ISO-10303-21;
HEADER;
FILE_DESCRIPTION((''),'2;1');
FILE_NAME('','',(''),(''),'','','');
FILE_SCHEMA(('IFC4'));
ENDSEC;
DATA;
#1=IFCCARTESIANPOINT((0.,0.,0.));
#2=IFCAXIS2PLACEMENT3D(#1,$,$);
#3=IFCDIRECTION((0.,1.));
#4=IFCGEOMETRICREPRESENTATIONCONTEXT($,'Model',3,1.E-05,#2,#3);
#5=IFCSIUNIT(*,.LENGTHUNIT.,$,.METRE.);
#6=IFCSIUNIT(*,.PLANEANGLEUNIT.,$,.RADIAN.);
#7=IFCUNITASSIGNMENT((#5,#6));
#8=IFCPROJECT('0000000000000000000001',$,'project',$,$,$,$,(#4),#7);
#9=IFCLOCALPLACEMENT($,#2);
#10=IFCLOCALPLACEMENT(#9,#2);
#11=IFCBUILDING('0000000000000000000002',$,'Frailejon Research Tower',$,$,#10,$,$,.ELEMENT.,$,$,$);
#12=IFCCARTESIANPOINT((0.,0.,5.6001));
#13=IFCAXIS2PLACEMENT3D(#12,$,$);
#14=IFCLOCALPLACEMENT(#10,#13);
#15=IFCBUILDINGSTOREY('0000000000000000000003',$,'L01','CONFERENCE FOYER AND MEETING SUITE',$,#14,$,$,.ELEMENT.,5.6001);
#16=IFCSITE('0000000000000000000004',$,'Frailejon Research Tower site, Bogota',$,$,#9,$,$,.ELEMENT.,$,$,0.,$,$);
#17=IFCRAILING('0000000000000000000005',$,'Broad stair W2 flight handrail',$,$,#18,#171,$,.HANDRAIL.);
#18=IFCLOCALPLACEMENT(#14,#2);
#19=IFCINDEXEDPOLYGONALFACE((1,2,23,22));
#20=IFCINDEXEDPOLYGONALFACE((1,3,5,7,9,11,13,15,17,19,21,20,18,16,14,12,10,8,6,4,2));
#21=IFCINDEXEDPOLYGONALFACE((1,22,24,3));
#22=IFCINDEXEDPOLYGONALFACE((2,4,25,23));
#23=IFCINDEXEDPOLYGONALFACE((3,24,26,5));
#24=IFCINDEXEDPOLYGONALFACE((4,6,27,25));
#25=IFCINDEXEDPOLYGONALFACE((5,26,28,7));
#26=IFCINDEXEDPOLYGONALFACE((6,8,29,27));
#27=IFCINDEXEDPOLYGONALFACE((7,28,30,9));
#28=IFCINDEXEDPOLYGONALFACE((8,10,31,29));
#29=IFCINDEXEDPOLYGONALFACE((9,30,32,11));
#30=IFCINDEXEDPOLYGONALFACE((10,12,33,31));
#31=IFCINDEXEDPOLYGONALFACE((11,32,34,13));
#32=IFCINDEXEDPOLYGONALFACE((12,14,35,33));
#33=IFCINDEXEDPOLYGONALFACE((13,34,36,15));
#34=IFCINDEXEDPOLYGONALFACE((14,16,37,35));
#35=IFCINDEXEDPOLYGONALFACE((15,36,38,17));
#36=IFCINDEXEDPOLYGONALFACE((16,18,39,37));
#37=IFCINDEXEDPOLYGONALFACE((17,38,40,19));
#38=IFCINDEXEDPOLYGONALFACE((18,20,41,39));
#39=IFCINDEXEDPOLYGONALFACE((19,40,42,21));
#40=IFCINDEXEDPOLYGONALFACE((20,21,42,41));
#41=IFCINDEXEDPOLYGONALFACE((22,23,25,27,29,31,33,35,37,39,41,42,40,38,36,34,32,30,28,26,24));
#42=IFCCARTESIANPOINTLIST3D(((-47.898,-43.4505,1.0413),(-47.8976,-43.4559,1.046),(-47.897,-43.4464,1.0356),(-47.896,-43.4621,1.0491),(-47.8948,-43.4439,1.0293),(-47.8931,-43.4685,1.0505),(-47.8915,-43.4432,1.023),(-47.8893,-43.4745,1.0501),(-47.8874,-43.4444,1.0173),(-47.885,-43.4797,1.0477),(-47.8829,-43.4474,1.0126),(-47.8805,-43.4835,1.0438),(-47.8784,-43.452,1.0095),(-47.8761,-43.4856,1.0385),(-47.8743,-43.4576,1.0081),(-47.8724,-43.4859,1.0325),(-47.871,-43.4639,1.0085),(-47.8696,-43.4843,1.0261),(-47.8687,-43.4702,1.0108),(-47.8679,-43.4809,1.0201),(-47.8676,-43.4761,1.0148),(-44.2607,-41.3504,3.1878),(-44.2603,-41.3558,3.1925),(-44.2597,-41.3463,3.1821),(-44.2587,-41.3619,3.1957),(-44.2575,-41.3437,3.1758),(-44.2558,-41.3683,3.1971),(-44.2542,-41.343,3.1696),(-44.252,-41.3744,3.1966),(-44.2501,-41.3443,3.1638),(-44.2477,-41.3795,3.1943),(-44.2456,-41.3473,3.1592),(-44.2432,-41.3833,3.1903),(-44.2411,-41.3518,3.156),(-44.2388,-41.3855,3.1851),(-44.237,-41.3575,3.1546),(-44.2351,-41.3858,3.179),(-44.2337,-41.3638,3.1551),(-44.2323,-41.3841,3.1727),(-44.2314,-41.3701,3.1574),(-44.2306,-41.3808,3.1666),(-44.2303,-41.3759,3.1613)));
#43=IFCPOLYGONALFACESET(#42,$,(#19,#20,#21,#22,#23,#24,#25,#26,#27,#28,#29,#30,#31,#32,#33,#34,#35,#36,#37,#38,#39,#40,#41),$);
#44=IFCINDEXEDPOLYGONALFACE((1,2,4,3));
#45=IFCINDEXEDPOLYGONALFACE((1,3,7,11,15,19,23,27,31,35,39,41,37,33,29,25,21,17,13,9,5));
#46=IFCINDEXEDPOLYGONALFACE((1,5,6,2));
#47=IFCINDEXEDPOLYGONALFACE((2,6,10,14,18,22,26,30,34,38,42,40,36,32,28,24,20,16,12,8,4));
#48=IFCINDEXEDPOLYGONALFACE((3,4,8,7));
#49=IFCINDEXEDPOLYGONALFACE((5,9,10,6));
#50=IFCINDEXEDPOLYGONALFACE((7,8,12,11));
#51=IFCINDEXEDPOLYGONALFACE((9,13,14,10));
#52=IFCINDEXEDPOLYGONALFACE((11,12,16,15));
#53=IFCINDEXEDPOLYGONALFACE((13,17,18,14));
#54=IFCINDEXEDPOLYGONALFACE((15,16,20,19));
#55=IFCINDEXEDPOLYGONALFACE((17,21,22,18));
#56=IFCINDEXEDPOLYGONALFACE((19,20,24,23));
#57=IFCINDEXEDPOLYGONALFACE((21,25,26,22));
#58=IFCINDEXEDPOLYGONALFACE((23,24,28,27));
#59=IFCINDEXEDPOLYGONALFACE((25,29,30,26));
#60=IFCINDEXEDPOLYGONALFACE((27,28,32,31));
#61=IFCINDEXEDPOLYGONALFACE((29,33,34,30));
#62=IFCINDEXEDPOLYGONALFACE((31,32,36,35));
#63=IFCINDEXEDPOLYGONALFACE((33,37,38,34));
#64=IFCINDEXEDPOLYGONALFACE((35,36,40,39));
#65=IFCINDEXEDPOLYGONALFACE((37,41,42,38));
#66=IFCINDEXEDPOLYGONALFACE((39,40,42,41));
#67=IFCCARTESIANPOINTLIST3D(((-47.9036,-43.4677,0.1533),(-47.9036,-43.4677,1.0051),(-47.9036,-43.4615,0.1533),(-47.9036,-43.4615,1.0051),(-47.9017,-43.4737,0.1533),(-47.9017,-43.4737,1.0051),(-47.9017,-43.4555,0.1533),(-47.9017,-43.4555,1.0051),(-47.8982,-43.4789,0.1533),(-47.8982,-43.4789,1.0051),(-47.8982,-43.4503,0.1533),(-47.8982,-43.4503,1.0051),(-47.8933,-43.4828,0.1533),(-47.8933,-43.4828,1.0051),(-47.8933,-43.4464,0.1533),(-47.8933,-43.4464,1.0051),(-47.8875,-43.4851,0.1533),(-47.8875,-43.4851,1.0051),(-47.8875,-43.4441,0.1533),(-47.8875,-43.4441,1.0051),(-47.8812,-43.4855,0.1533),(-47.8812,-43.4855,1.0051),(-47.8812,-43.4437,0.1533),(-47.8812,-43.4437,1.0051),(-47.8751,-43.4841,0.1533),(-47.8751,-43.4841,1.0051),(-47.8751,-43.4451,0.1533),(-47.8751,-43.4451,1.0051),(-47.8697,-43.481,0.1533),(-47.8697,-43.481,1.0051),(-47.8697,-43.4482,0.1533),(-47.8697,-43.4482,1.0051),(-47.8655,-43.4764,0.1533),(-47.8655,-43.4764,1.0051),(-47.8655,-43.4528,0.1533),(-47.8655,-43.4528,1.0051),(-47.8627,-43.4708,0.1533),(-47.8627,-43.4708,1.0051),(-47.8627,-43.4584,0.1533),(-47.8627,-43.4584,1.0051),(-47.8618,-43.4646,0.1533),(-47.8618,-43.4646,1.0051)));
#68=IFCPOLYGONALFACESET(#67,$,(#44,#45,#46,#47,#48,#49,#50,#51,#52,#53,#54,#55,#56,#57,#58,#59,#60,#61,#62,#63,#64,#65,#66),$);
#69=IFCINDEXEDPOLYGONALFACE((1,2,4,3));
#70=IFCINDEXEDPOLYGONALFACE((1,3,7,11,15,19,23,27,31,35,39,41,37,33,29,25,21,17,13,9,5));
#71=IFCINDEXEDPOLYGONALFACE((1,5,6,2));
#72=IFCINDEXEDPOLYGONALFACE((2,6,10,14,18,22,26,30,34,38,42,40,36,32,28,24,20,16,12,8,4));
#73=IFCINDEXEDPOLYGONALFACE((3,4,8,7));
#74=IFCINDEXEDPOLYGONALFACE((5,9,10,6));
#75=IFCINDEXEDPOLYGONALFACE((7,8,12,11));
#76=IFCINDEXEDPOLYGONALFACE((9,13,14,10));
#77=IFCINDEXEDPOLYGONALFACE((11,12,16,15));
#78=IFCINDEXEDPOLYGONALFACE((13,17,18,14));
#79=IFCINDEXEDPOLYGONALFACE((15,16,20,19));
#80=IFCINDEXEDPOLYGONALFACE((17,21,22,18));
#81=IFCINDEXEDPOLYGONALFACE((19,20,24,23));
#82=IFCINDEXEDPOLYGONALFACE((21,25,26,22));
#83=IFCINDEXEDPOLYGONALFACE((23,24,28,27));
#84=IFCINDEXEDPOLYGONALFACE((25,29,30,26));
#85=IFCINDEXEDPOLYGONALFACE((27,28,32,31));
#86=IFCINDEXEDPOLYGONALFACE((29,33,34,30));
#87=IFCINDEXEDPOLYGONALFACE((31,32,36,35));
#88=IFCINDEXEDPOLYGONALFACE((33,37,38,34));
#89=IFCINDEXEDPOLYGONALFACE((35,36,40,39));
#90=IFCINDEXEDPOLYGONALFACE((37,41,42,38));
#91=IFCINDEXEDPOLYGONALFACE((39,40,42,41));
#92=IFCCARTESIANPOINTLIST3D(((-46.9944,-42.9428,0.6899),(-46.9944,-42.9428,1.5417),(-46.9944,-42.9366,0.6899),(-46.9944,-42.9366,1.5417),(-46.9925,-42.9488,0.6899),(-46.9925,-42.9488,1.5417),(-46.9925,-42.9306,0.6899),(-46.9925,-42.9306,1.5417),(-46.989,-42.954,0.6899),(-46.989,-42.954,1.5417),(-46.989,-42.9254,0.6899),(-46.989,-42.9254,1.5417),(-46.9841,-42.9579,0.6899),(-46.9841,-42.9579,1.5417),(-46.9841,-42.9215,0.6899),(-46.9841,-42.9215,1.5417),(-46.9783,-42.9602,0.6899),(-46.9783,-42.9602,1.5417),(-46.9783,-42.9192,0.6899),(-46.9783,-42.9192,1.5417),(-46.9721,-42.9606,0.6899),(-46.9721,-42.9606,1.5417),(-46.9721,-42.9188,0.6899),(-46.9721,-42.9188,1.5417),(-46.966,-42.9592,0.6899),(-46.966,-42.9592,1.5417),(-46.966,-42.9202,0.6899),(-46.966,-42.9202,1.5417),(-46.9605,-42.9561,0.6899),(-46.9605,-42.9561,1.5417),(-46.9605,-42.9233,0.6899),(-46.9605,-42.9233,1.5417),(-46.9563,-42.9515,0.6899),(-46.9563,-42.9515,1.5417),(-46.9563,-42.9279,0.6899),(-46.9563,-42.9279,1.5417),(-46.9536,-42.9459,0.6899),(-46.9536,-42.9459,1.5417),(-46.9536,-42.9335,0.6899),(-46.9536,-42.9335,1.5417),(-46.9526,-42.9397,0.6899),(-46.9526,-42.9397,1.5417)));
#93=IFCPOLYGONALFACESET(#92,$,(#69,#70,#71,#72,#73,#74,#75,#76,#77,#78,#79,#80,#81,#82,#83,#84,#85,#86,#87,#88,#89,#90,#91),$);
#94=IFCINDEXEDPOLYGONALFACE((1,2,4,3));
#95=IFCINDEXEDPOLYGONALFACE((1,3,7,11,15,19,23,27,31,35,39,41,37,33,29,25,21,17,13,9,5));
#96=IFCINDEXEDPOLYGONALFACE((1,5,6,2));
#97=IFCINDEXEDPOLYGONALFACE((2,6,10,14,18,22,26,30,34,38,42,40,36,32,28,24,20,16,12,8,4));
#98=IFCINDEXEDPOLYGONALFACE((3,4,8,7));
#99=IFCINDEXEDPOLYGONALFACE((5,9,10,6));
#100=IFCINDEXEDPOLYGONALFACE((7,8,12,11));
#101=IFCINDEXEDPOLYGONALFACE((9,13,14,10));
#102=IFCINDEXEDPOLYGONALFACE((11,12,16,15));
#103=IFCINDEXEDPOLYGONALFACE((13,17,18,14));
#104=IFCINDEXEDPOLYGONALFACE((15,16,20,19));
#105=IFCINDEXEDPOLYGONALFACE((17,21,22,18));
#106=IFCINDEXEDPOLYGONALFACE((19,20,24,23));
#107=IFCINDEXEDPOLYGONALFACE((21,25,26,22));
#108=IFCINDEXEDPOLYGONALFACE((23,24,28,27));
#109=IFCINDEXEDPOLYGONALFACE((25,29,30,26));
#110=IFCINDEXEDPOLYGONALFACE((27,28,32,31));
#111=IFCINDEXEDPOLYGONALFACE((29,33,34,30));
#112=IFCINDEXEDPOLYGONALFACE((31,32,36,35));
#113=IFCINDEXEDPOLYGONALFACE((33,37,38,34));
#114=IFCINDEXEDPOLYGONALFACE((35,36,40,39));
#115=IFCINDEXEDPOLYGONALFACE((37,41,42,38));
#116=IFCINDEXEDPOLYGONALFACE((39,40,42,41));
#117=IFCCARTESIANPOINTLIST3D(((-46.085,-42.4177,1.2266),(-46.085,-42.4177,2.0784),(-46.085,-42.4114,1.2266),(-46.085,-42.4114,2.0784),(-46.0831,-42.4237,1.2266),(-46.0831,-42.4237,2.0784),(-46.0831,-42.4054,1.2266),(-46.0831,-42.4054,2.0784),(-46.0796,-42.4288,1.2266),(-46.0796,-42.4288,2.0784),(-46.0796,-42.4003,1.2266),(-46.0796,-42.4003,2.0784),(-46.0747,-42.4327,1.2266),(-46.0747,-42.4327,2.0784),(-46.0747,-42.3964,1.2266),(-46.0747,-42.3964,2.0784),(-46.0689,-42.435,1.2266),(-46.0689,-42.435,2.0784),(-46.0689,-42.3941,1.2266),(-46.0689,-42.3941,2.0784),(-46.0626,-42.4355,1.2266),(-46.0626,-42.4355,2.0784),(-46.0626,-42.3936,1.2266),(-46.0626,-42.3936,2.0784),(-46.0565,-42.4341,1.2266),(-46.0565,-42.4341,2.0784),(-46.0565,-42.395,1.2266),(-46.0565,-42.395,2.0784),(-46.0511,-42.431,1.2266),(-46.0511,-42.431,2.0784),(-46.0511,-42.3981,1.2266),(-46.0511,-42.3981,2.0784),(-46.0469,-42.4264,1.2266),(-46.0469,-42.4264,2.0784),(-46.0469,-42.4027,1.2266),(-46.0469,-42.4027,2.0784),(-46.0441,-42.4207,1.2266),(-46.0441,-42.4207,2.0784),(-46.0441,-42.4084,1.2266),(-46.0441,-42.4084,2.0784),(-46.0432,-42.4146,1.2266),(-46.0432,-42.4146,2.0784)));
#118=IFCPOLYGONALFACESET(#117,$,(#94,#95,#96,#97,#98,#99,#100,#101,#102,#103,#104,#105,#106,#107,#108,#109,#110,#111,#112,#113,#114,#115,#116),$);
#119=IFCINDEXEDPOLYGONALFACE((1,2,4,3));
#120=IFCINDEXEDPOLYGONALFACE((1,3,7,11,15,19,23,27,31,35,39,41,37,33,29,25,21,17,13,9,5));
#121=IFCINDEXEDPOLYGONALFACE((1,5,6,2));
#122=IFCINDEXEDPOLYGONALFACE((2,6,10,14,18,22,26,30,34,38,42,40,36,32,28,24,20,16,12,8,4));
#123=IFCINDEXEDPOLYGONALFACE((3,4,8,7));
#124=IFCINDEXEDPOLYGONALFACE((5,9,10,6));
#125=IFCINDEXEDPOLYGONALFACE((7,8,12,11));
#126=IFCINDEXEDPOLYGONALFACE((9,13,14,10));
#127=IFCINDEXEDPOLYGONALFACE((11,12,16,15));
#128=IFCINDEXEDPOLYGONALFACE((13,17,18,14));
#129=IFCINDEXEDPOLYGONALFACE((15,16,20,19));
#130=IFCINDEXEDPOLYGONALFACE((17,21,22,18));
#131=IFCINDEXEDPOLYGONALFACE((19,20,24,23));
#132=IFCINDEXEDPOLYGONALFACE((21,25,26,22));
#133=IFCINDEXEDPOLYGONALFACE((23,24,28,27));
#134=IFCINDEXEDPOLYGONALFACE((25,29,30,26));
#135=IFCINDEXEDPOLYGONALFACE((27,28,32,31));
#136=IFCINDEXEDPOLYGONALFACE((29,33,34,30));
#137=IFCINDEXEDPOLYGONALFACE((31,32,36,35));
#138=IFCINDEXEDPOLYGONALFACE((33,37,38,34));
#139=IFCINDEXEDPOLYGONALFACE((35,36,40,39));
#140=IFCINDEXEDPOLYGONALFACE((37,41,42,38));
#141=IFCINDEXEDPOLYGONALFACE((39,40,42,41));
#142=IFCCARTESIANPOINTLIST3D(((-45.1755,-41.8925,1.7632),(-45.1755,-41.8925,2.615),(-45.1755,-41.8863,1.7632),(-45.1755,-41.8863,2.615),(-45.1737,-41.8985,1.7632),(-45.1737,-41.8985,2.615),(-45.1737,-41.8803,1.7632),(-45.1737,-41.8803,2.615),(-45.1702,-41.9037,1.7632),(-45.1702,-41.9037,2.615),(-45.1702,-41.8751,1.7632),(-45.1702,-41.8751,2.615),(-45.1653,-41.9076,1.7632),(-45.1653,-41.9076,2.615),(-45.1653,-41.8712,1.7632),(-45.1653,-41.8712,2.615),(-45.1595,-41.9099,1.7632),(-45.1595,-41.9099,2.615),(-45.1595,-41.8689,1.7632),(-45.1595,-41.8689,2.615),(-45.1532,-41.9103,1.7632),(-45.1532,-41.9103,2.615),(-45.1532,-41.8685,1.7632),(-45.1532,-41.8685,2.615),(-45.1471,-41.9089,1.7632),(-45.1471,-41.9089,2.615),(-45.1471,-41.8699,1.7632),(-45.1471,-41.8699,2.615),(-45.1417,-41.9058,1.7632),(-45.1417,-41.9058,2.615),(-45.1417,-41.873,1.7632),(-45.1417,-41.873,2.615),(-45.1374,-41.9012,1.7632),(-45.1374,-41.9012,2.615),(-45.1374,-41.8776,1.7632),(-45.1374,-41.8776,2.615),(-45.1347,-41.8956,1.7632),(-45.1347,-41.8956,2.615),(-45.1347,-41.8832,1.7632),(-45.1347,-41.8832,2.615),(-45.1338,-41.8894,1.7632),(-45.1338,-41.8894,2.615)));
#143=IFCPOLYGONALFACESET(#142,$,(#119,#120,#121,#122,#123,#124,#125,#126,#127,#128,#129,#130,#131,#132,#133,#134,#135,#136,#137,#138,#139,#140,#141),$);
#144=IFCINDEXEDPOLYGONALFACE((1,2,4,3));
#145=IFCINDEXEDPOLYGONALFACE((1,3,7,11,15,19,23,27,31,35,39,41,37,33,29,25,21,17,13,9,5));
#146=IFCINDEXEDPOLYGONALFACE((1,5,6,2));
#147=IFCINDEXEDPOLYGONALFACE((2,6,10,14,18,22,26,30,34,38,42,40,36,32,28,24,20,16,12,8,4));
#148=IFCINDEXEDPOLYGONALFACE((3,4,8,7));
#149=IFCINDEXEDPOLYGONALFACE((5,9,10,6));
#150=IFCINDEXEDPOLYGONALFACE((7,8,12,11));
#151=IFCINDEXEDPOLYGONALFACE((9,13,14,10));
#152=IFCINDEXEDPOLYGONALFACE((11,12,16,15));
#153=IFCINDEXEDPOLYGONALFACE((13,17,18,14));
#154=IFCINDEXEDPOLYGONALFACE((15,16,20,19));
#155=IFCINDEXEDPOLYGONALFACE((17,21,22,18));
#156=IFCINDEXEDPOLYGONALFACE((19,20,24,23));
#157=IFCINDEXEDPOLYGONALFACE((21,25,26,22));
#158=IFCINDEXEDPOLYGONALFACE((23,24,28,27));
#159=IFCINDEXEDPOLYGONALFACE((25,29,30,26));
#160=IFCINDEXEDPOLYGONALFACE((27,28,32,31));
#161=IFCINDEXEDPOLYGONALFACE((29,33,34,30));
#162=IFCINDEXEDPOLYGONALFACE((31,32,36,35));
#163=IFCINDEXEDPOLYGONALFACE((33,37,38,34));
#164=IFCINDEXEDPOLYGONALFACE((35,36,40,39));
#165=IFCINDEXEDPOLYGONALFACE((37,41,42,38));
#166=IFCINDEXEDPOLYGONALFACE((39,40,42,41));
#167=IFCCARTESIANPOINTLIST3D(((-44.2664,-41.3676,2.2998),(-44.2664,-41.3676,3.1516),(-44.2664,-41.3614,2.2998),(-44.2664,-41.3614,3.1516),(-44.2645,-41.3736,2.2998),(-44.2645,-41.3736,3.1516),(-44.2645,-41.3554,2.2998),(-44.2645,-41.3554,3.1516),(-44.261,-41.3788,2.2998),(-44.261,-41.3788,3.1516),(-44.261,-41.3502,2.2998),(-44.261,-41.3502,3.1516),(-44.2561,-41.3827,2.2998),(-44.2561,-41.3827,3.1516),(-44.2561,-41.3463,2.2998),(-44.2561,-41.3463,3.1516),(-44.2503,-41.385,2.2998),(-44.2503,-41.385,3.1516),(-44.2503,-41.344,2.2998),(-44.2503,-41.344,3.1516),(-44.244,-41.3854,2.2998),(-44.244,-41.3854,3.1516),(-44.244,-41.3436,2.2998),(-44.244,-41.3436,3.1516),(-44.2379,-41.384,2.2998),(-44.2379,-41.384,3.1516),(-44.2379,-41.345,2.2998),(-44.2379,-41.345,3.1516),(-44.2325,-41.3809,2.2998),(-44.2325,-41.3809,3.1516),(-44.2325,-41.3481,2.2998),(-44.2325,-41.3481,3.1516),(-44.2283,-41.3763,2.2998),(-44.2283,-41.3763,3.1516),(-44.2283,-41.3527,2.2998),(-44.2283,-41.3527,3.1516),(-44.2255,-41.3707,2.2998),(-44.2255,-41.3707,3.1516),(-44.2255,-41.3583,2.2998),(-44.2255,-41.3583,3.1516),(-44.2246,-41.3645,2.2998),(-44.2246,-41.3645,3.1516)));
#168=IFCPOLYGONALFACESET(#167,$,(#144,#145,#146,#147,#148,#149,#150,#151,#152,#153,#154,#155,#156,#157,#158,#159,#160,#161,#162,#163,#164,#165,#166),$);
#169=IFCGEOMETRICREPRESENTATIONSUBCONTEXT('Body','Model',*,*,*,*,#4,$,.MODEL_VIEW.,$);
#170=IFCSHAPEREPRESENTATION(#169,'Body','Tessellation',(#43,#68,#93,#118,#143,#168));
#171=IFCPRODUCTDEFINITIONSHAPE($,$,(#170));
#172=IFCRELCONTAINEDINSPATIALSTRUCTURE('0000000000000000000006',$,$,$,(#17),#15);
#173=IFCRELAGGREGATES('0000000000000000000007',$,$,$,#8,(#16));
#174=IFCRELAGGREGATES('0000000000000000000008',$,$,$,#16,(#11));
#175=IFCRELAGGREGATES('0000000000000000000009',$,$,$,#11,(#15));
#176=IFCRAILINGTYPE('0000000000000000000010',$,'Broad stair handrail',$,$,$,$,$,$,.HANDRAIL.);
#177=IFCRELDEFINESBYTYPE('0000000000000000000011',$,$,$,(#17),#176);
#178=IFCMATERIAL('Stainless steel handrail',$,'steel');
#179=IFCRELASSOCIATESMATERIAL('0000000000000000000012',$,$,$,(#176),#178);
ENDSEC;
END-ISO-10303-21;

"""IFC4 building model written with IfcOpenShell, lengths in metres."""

from ifc_helpers import new_model, si_unit, direction, frame, origin, origin_2d, place, context, subcontext, project, spatial, circle, extrude, material, type_object, element, save


model = new_model("IFC4")

# Units and contexts
model_context = context("Model", 3, precision=1e-05, world=origin(), true_north=direction((0.0, 1.0)))
body_context = subcontext(model_context, "Body", "Model", "MODEL_VIEW")
ifc_project = project(units=[si_unit("LENGTHUNIT", "METRE"), si_unit("PLANEANGLEUNIT", "RADIAN")], contexts=[model_context])

# Site, building, storey
site_placement = place(None, origin())
site = spatial("IfcSite", under=ifc_project, at=site_placement, Name="Frailejon Research Tower site, Bogota", CompositionType="ELEMENT", RefElevation=0.0)
building_placement = place(site_placement, origin())
building = spatial("IfcBuilding", under=site, at=building_placement, Name="Frailejon Research Tower", CompositionType="ELEMENT")
storey_placement = place(building_placement, frame((0.0, 0.0, 5.6001)))
storey = spatial("IfcBuildingStorey", under=building, at=storey_placement, Name="L01", Description="CONFERENCE FOYER AND MEETING SUITE", CompositionType="ELEMENT", Elevation=5.6001)

# Railing
ifc_material_1 = material(Name="Stainless steel handrail", Category="steel")
railing_type_1 = type_object("IfcRailingType", Name="Broad stair handrail", PredefinedType="HANDRAIL", material=ifc_material_1)
railing_1_placement = place(storey_placement, frame((-47.8828, -43.4646, 0.1533)))
element("IfcRailing", 1, at=railing_1_placement, inside=storey, type_object=railing_type_1, Name="Broad stair W2 flight handrail", PredefinedType="HANDRAIL", context=body_context, shape_type="SweptSolid", body=[
    extrude(circle(Radius=0.0239, at=origin_2d()), frame((0.0, 0.0, 0.876), z_axis=(0.771137, 0.445249, 0.455084), x_axis=(-0.500028, 0.866009, 0.0)), (0.0, 0.0, 1.0), 4.7168),
    extrude(circle(Radius=0.021, at=origin_2d()), origin(), (0.0, 0.0, 1.0), 0.8518),
    extrude(circle(Radius=0.021, at=origin_2d()), frame((0.9092, 0.5249, 0.5366)), (0.0, 0.0, 1.0), 0.8518),
    extrude(circle(Radius=0.021, at=origin_2d()), frame((1.8186, 1.05, 1.0732)), (0.0, 0.0, 1.0), 0.8518),
    extrude(circle(Radius=0.021, at=origin_2d()), frame((2.728, 1.5752, 1.6099)), (0.0, 0.0, 1.0), 0.8518),
    extrude(circle(Radius=0.021, at=origin_2d()), frame((3.6372, 2.1001, 2.1465)), (0.0, 0.0, 1.0), 0.8518),
])

save(model, "model.ifc")
